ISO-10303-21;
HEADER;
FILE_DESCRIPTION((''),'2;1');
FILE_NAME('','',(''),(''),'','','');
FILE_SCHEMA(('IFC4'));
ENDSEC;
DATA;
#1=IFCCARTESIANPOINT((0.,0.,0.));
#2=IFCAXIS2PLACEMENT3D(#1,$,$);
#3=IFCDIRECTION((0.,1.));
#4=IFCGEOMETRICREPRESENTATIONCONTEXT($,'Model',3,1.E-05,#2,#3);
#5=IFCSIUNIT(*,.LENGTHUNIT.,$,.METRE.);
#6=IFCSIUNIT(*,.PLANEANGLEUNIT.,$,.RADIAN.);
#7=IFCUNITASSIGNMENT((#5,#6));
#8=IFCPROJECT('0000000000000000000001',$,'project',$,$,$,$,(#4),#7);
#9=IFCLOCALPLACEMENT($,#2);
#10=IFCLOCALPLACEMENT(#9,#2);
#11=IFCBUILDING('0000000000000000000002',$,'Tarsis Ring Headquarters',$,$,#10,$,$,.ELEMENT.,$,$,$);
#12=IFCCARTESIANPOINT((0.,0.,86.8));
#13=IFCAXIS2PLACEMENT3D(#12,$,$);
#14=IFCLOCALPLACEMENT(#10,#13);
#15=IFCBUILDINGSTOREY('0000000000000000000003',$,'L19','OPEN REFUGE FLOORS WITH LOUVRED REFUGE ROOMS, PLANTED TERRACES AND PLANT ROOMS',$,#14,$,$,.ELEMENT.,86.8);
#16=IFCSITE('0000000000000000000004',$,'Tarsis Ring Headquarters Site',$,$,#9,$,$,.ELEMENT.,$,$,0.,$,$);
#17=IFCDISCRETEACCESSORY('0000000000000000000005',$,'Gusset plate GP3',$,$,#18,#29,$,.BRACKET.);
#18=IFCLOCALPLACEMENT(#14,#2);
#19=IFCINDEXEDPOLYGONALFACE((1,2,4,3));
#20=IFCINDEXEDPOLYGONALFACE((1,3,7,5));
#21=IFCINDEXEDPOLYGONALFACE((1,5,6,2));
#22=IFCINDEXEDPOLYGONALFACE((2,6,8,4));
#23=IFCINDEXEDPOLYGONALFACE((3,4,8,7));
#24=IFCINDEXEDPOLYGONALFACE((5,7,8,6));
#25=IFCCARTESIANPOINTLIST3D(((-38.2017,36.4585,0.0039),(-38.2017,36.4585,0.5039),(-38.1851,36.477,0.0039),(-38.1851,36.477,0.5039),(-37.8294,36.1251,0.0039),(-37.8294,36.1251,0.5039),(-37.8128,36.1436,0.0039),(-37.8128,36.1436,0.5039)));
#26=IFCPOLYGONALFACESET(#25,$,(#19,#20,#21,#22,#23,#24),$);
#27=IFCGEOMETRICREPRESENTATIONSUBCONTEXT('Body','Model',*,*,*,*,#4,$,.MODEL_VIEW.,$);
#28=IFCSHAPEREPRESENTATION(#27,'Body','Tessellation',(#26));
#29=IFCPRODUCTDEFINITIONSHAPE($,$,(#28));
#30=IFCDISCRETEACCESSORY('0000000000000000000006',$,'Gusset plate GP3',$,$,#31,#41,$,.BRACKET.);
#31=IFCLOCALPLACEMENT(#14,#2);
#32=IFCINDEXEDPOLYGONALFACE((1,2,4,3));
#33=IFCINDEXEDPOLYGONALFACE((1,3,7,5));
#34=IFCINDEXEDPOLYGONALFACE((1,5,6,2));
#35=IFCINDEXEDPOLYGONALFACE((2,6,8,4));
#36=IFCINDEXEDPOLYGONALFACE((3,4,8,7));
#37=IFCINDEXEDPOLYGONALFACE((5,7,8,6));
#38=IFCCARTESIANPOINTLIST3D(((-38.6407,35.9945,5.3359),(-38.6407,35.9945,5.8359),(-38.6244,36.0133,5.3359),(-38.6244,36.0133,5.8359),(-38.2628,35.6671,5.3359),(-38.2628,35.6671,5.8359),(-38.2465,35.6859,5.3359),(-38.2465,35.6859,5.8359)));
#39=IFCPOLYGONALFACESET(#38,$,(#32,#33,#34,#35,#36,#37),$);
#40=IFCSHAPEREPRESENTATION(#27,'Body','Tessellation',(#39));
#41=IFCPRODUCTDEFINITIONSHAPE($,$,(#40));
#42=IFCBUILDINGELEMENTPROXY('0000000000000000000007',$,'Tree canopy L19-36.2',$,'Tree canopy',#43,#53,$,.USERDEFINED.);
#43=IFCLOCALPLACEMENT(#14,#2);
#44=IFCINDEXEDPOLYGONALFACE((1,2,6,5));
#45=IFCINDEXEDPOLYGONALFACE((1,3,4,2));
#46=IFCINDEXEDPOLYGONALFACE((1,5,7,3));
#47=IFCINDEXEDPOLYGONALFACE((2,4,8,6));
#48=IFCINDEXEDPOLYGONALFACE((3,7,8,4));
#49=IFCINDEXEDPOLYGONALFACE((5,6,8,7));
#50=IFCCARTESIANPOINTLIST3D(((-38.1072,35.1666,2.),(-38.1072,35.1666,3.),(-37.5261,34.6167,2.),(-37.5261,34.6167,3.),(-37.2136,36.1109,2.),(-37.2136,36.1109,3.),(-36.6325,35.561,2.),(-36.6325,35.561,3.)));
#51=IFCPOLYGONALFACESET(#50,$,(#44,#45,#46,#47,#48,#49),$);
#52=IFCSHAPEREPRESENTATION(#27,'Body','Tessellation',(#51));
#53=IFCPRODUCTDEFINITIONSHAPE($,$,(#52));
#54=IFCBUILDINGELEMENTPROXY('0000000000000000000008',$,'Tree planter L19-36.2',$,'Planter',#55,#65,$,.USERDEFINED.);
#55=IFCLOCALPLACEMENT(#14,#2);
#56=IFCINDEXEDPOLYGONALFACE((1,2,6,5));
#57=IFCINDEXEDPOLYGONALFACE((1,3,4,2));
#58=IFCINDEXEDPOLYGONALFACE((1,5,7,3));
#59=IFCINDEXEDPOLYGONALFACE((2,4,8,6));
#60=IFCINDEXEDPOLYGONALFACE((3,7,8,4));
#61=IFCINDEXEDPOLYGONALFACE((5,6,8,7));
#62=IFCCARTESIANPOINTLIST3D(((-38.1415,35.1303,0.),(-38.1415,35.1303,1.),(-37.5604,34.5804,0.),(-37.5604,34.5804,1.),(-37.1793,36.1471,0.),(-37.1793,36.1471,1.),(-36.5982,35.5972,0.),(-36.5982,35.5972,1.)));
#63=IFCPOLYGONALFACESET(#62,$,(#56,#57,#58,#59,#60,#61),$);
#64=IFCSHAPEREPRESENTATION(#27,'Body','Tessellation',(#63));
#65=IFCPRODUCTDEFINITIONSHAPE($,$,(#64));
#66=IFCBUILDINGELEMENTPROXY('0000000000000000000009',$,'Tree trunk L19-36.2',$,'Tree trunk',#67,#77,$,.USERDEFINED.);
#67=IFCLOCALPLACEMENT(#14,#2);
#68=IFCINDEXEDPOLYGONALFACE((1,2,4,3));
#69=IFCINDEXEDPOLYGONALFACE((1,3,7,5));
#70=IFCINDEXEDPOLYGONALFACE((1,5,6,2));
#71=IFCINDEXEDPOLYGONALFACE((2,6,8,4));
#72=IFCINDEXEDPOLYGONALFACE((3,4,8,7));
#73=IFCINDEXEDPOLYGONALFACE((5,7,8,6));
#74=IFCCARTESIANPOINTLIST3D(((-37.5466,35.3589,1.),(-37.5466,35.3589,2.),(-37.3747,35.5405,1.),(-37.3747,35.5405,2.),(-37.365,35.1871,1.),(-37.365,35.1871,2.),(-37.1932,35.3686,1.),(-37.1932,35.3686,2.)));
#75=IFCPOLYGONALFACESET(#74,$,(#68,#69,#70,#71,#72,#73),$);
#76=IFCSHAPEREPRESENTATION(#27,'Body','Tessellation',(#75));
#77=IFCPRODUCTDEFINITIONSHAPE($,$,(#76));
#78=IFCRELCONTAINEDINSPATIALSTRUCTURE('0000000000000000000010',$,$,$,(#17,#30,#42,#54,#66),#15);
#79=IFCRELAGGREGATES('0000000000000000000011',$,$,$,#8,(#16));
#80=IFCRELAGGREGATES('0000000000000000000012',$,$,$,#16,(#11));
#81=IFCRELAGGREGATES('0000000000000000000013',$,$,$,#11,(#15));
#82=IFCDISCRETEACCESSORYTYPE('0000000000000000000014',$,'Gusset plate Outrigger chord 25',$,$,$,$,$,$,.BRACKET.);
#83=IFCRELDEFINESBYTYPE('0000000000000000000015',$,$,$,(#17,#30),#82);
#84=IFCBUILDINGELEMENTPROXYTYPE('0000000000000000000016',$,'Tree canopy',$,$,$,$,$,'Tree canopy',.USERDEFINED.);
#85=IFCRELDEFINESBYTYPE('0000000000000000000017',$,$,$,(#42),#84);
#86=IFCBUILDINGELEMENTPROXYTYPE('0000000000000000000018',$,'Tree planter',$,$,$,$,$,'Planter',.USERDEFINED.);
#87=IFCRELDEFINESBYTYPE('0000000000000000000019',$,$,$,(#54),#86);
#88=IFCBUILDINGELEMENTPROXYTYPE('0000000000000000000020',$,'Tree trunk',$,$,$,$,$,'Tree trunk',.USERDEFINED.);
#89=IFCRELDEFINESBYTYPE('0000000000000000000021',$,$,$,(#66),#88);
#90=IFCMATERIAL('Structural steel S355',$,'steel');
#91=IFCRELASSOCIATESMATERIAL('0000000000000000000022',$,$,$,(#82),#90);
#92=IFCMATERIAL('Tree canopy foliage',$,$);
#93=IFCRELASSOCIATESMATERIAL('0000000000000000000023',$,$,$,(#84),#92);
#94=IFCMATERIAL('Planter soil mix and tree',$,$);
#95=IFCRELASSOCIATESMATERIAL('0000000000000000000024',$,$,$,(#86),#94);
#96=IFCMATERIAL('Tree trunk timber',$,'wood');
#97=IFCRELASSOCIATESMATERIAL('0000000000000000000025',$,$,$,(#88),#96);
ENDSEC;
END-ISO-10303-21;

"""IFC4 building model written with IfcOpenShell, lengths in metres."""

from ifc_helpers import new_model, si_unit, direction, frame, origin, origin_2d, place, context, subcontext, project, spatial, rectangle, extrude, material, material_profile, profile_set, type_object, element, save


model = new_model("IFC4")

# Units and contexts
model_context = context("Model", 3, precision=1e-05, world=origin(), true_north=direction((0.0, 1.0)))
body_context = subcontext(model_context, "Body", "Model", "MODEL_VIEW")
ifc_project = project(units=[si_unit("LENGTHUNIT", "METRE"), si_unit("PLANEANGLEUNIT", "RADIAN")], contexts=[model_context])

# Site, building, storey
site_placement = place(None, origin())
site = spatial("IfcSite", under=ifc_project, at=site_placement, Name="Tarsis Ring Headquarters Site", CompositionType="ELEMENT", RefElevation=0.0)
building_placement = place(site_placement, origin())
building = spatial("IfcBuilding", under=site, at=building_placement, Name="Tarsis Ring Headquarters", CompositionType="ELEMENT")
storey_placement = place(building_placement, frame((0.0, 0.0, 86.8)))
storey = spatial("IfcBuildingStorey", under=building, at=storey_placement, Name="L19", Description="OPEN REFUGE FLOORS WITH LOUVRED REFUGE ROOMS, PLANTED TERRACES AND PLANT ROOMS", CompositionType="ELEMENT", Elevation=86.8)

# Shared definitions
ifc_material_1 = material(Name="Structural steel S355", Category="steel")

# Discrete accessories
ifc_material_profile_1 = material_profile(ifc_material_1, rectangle(XDim=0.0249, YDim=0.5, at=origin_2d()), Name="PL 25x500")
ifc_profile_set_1 = profile_set([ifc_material_profile_1], Name="Structural steel S355")
discrete_accessory_type_1 = type_object("IfcDiscreteAccessoryType", Name="Gusset plate Outrigger chord 25", PredefinedType="BRACKET", material=ifc_profile_set_1)
discrete_accessory_1_placement = place(storey_placement, frame((-38.1934, 36.4678, 0.2539), z_axis=(0.744871, -0.667209, 0.0), x_axis=(0.667209, 0.744871, 0.0)))
element("IfcDiscreteAccessory", 1, at=discrete_accessory_1_placement, inside=storey, type_object=discrete_accessory_type_1, Name="Gusset plate GP3", PredefinedType="BRACKET", context=body_context, shape_type="SweptSolid", body=[
    extrude(rectangle(XDim=0.0249, YDim=0.5, at=origin_2d()), origin(), (0.0, 0.0, 1.0), 0.4998),
])
discrete_accessory_2_placement = place(storey_placement, frame((-38.6326, 36.0039, 5.5859), z_axis=(0.755834, -0.654763, 0.0), x_axis=(0.654763, 0.755834, 0.0)))
element("IfcDiscreteAccessory", 2, at=discrete_accessory_2_placement, inside=storey, type_object=discrete_accessory_type_1, Name="Gusset plate GP3", PredefinedType="BRACKET", context=body_context, shape_type="SweptSolid", body=[
    extrude(rectangle(XDim=0.0249, YDim=0.5, at=origin_2d()), origin(), (0.0, 0.0, 1.0), 0.5),
])

# Building element proxies
ifc_material_2 = material(Name="Tree canopy foliage")
building_element_proxy_type_1 = type_object("IfcBuildingElementProxyType", Name="Tree canopy", ElementType="Tree canopy", PredefinedType="USERDEFINED", material=ifc_material_2)
proxy_1_placement = place(storey_placement, frame((-37.3699, 35.3638, 2.0), z_axis=(0.0, 0.0, 1.0), x_axis=(-0.687341, -0.726335, 0.0)))
element("IfcBuildingElementProxy", 3, at=proxy_1_placement, inside=storey, type_object=building_element_proxy_type_1, Name="Tree canopy L19-36.2", ObjectType="Tree canopy", PredefinedType="USERDEFINED", context=body_context, shape_type="SweptSolid", body=[
    extrude(rectangle(XDim=1.3, YDim=0.8, at=origin_2d()), origin(), (0.0, 0.0, 1.0), 1.0),
])
ifc_material_3 = material(Name="Planter soil mix and tree")
building_element_proxy_type_2 = type_object("IfcBuildingElementProxyType", Name="Tree planter", ElementType="Planter", PredefinedType="USERDEFINED", material=ifc_material_3)
proxy_2_placement = place(storey_placement, frame((-37.3699, 35.3638, 0.0), z_axis=(0.0, 0.0, 1.0), x_axis=(-0.687341, -0.726335, 0.0)))
element("IfcBuildingElementProxy", 4, at=proxy_2_placement, inside=storey, type_object=building_element_proxy_type_2, Name="Tree planter L19-36.2", ObjectType="Planter", PredefinedType="USERDEFINED", context=body_context, shape_type="SweptSolid", body=[
    extrude(rectangle(XDim=1.3999, YDim=0.8, at=origin_2d()), origin(), (0.0, 0.0, 1.0), 1.0),
])
ifc_material_4 = material(Name="Tree trunk timber", Category="wood")
building_element_proxy_type_3 = type_object("IfcBuildingElementProxyType", Name="Tree trunk", ElementType="Tree trunk", PredefinedType="USERDEFINED", material=ifc_material_4)
proxy_3_placement = place(storey_placement, frame((-37.3699, 35.3638, 1.0), z_axis=(0.0, 0.0, 1.0), x_axis=(-0.687341, -0.726335, 0.0)))
element("IfcBuildingElementProxy", 5, at=proxy_3_placement, inside=storey, type_object=building_element_proxy_type_3, Name="Tree trunk L19-36.2", ObjectType="Tree trunk", PredefinedType="USERDEFINED", context=body_context, shape_type="SweptSolid", body=[
    extrude(rectangle(XDim=0.25, YDim=0.25, at=origin_2d()), origin(), (0.0, 0.0, 1.0), 1.0),
])

save(model, "model.ifc")
